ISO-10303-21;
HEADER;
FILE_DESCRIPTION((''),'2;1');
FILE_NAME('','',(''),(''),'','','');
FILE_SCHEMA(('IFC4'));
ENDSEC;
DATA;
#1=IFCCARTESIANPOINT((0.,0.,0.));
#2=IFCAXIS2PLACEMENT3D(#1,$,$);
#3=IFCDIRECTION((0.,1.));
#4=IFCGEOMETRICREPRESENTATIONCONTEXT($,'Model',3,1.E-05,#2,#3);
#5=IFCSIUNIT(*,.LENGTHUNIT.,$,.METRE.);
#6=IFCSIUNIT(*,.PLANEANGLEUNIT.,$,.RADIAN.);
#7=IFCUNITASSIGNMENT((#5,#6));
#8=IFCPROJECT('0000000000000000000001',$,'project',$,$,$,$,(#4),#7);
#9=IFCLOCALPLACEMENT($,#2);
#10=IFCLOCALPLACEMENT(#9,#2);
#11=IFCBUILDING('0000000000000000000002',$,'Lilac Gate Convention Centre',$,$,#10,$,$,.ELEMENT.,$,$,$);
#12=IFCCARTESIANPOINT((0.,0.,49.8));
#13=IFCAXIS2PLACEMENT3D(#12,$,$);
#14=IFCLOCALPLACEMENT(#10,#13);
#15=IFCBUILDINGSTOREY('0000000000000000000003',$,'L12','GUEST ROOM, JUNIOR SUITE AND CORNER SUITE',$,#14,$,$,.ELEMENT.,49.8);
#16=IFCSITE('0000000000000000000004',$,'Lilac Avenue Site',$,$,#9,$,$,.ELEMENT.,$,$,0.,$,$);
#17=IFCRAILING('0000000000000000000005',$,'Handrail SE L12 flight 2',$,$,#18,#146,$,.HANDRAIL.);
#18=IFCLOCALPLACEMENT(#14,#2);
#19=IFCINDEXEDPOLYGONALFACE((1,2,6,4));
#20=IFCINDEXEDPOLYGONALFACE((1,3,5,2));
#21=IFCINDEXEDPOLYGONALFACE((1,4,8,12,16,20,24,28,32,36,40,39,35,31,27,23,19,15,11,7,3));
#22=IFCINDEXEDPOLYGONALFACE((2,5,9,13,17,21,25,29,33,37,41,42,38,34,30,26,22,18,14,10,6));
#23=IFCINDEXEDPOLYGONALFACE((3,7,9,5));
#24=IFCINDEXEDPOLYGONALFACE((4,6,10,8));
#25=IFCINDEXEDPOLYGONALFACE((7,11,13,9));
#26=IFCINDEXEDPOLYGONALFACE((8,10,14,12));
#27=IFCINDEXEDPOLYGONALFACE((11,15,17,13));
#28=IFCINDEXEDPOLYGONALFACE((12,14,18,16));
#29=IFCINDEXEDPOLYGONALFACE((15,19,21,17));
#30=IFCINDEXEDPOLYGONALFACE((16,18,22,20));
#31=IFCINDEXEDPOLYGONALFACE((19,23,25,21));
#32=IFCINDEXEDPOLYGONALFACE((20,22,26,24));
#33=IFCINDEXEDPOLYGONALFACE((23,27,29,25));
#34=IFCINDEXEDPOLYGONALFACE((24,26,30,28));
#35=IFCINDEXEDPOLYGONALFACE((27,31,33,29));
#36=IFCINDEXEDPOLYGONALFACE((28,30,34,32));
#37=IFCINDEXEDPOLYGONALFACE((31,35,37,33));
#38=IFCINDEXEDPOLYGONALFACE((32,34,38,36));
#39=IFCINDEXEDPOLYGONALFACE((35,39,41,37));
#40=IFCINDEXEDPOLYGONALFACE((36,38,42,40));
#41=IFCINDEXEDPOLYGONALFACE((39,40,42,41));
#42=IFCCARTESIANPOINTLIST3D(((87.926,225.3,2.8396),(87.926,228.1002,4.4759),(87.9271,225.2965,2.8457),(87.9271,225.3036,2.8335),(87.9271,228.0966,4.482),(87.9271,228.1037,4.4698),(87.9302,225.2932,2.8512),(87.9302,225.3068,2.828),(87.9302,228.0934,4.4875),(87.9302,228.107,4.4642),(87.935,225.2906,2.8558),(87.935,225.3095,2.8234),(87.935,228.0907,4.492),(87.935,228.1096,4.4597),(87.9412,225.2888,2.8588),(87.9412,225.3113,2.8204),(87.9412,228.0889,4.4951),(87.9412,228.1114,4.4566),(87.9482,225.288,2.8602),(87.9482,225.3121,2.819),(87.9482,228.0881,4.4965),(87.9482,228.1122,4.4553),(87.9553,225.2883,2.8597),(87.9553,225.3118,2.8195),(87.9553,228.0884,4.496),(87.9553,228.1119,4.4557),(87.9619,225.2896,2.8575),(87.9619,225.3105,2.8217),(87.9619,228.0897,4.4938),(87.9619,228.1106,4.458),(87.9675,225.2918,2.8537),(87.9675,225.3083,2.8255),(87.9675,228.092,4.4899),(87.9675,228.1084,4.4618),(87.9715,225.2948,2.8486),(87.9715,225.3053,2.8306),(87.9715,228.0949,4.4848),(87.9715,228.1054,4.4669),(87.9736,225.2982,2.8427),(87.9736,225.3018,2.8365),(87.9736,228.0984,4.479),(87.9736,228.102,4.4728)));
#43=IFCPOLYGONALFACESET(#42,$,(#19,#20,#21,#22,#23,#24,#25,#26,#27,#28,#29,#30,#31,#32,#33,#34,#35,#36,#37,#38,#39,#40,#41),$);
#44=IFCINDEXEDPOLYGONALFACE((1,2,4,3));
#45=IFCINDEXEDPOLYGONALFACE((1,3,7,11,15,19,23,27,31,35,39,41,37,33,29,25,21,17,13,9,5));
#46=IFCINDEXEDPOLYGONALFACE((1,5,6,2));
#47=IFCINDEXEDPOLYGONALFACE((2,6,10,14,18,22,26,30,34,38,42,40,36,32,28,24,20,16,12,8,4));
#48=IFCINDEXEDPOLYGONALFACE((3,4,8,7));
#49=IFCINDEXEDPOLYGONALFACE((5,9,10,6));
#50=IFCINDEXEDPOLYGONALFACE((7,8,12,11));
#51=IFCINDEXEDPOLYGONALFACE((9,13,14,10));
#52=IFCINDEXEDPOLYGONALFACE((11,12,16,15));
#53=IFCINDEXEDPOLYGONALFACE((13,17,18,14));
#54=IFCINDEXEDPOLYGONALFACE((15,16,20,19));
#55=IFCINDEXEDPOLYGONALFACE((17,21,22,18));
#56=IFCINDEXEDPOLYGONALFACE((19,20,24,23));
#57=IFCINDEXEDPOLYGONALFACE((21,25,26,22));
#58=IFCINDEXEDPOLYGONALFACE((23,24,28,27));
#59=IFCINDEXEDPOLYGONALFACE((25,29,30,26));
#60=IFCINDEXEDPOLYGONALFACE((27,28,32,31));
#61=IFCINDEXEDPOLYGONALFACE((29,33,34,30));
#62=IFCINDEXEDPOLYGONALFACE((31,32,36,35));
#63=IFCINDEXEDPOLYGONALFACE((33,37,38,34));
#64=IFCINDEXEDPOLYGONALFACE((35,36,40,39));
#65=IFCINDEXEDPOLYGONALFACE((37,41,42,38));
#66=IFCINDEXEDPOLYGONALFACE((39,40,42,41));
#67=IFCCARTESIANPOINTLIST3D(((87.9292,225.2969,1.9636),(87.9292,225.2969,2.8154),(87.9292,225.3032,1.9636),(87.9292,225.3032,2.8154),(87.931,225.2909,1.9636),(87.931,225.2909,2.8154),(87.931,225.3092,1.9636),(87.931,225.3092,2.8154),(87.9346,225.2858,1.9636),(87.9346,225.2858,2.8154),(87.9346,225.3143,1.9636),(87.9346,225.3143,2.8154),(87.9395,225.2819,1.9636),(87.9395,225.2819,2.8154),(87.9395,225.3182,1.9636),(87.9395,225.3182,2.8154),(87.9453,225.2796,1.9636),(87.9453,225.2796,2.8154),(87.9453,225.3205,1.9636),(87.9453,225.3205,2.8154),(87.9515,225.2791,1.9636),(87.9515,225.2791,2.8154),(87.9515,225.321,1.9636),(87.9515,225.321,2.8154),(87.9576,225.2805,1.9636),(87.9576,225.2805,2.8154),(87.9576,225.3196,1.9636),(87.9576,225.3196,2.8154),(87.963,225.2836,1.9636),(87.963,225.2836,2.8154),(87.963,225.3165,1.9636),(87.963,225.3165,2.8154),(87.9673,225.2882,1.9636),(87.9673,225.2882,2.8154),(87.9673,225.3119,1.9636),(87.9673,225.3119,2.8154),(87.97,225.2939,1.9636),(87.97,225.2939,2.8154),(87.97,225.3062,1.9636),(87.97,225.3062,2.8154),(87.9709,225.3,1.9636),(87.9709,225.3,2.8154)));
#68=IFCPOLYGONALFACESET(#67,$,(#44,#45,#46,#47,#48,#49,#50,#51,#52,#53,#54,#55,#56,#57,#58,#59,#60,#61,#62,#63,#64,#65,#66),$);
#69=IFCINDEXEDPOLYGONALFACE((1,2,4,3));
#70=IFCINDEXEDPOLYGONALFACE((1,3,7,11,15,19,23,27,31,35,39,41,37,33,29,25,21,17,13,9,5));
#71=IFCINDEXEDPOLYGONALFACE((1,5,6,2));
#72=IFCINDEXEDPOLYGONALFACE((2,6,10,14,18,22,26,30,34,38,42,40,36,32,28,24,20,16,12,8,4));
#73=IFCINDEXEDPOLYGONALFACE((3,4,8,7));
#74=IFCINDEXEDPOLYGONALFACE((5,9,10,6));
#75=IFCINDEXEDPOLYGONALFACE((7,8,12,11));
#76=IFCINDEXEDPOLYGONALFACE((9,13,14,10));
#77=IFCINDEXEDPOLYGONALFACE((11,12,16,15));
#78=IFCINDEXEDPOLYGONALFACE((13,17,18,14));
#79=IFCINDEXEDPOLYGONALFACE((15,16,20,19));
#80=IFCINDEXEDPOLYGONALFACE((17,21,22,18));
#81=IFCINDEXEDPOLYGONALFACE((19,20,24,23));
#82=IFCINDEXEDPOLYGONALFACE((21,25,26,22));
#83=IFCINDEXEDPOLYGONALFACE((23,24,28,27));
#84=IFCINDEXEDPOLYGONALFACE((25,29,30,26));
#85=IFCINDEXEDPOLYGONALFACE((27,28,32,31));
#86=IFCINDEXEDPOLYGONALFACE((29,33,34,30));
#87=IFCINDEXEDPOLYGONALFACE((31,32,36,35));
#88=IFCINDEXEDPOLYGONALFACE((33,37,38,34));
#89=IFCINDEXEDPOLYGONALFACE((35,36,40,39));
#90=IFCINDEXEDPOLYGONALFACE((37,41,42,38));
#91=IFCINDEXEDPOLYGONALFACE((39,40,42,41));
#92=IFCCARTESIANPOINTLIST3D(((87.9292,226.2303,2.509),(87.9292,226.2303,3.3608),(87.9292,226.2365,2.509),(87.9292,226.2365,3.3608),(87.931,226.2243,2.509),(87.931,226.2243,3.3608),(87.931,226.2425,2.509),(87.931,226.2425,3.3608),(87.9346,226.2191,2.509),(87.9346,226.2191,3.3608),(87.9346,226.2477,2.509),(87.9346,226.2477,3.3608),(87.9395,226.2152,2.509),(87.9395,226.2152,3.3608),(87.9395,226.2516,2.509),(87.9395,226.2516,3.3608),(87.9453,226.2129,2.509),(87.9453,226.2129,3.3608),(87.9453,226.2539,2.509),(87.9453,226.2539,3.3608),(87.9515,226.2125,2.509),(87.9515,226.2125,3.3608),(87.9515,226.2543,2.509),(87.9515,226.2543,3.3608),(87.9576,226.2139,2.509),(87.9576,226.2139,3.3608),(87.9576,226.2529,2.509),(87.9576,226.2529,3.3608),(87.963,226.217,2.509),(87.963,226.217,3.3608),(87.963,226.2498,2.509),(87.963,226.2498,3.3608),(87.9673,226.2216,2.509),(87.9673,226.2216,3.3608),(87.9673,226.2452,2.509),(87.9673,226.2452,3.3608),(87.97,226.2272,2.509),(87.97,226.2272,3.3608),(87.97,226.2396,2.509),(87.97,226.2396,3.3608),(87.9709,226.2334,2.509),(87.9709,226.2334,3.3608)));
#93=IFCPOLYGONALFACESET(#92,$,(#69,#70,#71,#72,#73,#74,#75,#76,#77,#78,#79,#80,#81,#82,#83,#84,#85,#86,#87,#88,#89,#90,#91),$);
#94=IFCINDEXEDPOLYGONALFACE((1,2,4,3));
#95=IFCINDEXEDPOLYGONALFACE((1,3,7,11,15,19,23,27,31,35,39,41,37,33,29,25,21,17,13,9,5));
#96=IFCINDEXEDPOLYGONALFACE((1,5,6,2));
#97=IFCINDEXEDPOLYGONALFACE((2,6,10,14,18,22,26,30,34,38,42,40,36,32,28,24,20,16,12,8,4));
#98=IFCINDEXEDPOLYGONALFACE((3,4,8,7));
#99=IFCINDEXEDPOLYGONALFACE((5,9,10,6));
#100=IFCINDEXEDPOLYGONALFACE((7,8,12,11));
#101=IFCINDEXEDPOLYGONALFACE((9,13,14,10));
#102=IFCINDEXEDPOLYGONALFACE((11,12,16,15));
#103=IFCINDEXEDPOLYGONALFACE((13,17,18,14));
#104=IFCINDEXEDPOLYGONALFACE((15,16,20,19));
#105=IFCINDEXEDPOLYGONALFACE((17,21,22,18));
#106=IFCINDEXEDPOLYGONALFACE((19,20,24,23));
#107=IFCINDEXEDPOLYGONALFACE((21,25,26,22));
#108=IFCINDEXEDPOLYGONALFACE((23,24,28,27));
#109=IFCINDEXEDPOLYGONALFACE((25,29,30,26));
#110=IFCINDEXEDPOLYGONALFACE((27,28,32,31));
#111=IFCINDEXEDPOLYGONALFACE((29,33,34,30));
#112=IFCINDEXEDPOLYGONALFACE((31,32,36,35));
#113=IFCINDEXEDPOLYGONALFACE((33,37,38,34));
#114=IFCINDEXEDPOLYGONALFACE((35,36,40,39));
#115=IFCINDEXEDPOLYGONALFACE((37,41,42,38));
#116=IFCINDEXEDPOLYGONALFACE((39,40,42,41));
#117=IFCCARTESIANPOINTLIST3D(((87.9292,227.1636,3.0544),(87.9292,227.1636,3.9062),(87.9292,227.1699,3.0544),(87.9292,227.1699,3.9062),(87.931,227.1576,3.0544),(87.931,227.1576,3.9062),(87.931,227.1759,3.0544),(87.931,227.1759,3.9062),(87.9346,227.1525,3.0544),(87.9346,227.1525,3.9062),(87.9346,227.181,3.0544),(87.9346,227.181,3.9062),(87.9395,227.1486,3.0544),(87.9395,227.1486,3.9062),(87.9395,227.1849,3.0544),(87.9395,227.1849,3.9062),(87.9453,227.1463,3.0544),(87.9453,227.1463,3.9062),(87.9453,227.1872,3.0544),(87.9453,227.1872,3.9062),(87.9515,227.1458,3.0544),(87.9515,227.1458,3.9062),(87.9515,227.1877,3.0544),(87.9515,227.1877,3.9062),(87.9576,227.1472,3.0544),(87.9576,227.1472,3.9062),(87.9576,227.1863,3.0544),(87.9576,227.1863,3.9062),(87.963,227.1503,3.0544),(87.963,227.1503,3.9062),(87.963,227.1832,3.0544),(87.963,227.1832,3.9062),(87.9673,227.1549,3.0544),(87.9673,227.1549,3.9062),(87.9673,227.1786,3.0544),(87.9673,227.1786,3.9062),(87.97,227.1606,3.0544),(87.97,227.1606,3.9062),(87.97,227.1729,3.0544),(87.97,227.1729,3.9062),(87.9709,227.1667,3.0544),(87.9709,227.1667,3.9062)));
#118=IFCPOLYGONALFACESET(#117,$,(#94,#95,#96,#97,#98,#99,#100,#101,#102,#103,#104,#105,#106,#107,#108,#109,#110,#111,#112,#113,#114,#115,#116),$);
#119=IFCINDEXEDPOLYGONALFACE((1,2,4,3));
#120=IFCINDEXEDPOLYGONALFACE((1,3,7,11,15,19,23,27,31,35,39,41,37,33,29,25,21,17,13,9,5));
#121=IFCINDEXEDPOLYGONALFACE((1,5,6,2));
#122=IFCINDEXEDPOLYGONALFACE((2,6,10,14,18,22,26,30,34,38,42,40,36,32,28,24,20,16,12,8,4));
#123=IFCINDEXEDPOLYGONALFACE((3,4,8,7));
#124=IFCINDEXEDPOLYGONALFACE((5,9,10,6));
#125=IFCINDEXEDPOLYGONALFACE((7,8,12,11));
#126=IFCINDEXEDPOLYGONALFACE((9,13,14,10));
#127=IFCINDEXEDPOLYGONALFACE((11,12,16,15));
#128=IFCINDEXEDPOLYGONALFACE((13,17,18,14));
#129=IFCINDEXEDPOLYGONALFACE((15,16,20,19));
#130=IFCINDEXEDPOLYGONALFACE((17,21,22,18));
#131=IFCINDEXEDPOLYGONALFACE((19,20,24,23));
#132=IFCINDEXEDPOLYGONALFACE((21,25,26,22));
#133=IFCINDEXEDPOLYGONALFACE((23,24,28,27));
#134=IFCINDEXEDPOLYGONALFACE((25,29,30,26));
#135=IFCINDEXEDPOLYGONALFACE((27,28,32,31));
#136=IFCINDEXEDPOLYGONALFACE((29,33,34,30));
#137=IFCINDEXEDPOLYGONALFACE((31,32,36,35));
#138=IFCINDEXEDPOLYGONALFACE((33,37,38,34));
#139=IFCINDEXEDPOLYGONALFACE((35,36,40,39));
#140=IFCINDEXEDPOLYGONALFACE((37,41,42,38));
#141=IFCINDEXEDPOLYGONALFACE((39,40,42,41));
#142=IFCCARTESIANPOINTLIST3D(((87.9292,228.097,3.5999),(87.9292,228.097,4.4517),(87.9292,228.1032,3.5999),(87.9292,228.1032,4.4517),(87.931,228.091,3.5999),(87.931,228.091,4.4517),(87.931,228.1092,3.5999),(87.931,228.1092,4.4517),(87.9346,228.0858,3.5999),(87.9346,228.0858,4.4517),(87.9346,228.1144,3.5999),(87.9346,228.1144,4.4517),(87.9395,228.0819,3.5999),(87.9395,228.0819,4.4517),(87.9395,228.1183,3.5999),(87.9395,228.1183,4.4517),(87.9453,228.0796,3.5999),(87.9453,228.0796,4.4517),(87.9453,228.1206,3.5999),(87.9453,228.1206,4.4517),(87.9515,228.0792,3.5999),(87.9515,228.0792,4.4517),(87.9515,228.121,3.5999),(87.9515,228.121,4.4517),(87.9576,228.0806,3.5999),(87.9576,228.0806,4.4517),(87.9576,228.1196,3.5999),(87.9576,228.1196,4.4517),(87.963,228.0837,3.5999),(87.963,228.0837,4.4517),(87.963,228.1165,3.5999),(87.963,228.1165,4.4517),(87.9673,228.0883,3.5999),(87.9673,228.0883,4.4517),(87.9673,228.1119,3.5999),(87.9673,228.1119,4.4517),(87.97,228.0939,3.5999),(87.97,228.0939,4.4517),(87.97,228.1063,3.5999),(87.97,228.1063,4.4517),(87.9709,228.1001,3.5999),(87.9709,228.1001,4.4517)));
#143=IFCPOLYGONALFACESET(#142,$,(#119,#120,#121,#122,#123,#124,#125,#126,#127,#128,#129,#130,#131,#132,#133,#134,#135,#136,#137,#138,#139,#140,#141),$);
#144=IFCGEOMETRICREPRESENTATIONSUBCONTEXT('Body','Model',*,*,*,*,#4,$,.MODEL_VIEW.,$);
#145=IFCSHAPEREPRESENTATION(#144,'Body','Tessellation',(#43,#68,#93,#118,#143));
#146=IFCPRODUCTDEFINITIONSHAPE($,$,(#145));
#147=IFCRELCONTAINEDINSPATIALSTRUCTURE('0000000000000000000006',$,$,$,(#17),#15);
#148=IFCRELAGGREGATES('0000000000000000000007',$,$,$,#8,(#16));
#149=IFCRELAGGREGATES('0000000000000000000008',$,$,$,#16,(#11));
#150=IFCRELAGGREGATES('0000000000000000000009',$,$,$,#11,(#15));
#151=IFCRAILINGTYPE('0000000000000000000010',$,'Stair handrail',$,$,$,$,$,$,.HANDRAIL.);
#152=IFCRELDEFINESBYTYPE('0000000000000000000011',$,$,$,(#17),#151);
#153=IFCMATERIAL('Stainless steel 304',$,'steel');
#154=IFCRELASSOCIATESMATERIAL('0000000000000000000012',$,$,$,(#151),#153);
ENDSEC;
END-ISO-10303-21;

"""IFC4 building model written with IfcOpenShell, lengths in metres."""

from ifc_helpers import new_model, si_unit, direction, frame, origin, origin_2d, place, context, subcontext, project, spatial, circle, extrude, material, type_object, element, save


model = new_model("IFC4")

# Units and contexts
model_context = context("Model", 3, precision=1e-05, world=origin(), true_north=direction((0.0, 1.0)))
body_context = subcontext(model_context, "Body", "Model", "MODEL_VIEW")
ifc_project = project(units=[si_unit("LENGTHUNIT", "METRE"), si_unit("PLANEANGLEUNIT", "RADIAN")], contexts=[model_context])

# Site, building, storey
site_placement = place(None, origin())
site = spatial("IfcSite", under=ifc_project, at=site_placement, Name="Lilac Avenue Site", CompositionType="ELEMENT", RefElevation=0.0)
building_placement = place(site_placement, origin())
building = spatial("IfcBuilding", under=site, at=building_placement, Name="Lilac Gate Convention Centre", CompositionType="ELEMENT")
storey_placement = place(building_placement, frame((0.0, 0.0, 49.8)))
storey = spatial("IfcBuildingStorey", under=building, at=storey_placement, Name="L12", Description="GUEST ROOM, JUNIOR SUITE AND CORNER SUITE", CompositionType="ELEMENT", Elevation=49.8)

# Railing
ifc_material_1 = material(Name="Stainless steel 304", Category="steel")
railing_type = type_object("IfcRailingType", Name="Stair handrail", PredefinedType="HANDRAIL", material=ifc_material_1)
for number, where, name in (
    (1, (87.95, 225.3, 1.9636), "Handrail SE L12 flight 2"),
):
    element("IfcRailing", number, at=place(storey_placement, frame(where)), inside=storey, type_object=railing_type, Name=name, PredefinedType="HANDRAIL", context=body_context, shape_type="SweptSolid", body=[
        extrude(circle(Radius=0.0239, at=origin_2d()), frame((0.0, 0.0, 0.876), z_axis=(0.0, 0.863394, 0.504531), x_axis=(-1.0, 0.0, 0.0)), (0.0, 0.0, 1.0), 3.2432),
        extrude(circle(Radius=0.021, at=origin_2d()), origin(), (0.0, 0.0, 1.0), 0.8518),
        extrude(circle(Radius=0.021, at=origin_2d()), frame((0.0, 0.9333, 0.5454)), (0.0, 0.0, 1.0), 0.8518),
        extrude(circle(Radius=0.021, at=origin_2d()), frame((0.0, 1.8667, 1.0908)), (0.0, 0.0, 1.0), 0.8518),
        extrude(circle(Radius=0.021, at=origin_2d()), frame((0.0, 2.8, 1.6362)), (0.0, 0.0, 1.0), 0.8518),
    ])

save(model, "model.ifc")
